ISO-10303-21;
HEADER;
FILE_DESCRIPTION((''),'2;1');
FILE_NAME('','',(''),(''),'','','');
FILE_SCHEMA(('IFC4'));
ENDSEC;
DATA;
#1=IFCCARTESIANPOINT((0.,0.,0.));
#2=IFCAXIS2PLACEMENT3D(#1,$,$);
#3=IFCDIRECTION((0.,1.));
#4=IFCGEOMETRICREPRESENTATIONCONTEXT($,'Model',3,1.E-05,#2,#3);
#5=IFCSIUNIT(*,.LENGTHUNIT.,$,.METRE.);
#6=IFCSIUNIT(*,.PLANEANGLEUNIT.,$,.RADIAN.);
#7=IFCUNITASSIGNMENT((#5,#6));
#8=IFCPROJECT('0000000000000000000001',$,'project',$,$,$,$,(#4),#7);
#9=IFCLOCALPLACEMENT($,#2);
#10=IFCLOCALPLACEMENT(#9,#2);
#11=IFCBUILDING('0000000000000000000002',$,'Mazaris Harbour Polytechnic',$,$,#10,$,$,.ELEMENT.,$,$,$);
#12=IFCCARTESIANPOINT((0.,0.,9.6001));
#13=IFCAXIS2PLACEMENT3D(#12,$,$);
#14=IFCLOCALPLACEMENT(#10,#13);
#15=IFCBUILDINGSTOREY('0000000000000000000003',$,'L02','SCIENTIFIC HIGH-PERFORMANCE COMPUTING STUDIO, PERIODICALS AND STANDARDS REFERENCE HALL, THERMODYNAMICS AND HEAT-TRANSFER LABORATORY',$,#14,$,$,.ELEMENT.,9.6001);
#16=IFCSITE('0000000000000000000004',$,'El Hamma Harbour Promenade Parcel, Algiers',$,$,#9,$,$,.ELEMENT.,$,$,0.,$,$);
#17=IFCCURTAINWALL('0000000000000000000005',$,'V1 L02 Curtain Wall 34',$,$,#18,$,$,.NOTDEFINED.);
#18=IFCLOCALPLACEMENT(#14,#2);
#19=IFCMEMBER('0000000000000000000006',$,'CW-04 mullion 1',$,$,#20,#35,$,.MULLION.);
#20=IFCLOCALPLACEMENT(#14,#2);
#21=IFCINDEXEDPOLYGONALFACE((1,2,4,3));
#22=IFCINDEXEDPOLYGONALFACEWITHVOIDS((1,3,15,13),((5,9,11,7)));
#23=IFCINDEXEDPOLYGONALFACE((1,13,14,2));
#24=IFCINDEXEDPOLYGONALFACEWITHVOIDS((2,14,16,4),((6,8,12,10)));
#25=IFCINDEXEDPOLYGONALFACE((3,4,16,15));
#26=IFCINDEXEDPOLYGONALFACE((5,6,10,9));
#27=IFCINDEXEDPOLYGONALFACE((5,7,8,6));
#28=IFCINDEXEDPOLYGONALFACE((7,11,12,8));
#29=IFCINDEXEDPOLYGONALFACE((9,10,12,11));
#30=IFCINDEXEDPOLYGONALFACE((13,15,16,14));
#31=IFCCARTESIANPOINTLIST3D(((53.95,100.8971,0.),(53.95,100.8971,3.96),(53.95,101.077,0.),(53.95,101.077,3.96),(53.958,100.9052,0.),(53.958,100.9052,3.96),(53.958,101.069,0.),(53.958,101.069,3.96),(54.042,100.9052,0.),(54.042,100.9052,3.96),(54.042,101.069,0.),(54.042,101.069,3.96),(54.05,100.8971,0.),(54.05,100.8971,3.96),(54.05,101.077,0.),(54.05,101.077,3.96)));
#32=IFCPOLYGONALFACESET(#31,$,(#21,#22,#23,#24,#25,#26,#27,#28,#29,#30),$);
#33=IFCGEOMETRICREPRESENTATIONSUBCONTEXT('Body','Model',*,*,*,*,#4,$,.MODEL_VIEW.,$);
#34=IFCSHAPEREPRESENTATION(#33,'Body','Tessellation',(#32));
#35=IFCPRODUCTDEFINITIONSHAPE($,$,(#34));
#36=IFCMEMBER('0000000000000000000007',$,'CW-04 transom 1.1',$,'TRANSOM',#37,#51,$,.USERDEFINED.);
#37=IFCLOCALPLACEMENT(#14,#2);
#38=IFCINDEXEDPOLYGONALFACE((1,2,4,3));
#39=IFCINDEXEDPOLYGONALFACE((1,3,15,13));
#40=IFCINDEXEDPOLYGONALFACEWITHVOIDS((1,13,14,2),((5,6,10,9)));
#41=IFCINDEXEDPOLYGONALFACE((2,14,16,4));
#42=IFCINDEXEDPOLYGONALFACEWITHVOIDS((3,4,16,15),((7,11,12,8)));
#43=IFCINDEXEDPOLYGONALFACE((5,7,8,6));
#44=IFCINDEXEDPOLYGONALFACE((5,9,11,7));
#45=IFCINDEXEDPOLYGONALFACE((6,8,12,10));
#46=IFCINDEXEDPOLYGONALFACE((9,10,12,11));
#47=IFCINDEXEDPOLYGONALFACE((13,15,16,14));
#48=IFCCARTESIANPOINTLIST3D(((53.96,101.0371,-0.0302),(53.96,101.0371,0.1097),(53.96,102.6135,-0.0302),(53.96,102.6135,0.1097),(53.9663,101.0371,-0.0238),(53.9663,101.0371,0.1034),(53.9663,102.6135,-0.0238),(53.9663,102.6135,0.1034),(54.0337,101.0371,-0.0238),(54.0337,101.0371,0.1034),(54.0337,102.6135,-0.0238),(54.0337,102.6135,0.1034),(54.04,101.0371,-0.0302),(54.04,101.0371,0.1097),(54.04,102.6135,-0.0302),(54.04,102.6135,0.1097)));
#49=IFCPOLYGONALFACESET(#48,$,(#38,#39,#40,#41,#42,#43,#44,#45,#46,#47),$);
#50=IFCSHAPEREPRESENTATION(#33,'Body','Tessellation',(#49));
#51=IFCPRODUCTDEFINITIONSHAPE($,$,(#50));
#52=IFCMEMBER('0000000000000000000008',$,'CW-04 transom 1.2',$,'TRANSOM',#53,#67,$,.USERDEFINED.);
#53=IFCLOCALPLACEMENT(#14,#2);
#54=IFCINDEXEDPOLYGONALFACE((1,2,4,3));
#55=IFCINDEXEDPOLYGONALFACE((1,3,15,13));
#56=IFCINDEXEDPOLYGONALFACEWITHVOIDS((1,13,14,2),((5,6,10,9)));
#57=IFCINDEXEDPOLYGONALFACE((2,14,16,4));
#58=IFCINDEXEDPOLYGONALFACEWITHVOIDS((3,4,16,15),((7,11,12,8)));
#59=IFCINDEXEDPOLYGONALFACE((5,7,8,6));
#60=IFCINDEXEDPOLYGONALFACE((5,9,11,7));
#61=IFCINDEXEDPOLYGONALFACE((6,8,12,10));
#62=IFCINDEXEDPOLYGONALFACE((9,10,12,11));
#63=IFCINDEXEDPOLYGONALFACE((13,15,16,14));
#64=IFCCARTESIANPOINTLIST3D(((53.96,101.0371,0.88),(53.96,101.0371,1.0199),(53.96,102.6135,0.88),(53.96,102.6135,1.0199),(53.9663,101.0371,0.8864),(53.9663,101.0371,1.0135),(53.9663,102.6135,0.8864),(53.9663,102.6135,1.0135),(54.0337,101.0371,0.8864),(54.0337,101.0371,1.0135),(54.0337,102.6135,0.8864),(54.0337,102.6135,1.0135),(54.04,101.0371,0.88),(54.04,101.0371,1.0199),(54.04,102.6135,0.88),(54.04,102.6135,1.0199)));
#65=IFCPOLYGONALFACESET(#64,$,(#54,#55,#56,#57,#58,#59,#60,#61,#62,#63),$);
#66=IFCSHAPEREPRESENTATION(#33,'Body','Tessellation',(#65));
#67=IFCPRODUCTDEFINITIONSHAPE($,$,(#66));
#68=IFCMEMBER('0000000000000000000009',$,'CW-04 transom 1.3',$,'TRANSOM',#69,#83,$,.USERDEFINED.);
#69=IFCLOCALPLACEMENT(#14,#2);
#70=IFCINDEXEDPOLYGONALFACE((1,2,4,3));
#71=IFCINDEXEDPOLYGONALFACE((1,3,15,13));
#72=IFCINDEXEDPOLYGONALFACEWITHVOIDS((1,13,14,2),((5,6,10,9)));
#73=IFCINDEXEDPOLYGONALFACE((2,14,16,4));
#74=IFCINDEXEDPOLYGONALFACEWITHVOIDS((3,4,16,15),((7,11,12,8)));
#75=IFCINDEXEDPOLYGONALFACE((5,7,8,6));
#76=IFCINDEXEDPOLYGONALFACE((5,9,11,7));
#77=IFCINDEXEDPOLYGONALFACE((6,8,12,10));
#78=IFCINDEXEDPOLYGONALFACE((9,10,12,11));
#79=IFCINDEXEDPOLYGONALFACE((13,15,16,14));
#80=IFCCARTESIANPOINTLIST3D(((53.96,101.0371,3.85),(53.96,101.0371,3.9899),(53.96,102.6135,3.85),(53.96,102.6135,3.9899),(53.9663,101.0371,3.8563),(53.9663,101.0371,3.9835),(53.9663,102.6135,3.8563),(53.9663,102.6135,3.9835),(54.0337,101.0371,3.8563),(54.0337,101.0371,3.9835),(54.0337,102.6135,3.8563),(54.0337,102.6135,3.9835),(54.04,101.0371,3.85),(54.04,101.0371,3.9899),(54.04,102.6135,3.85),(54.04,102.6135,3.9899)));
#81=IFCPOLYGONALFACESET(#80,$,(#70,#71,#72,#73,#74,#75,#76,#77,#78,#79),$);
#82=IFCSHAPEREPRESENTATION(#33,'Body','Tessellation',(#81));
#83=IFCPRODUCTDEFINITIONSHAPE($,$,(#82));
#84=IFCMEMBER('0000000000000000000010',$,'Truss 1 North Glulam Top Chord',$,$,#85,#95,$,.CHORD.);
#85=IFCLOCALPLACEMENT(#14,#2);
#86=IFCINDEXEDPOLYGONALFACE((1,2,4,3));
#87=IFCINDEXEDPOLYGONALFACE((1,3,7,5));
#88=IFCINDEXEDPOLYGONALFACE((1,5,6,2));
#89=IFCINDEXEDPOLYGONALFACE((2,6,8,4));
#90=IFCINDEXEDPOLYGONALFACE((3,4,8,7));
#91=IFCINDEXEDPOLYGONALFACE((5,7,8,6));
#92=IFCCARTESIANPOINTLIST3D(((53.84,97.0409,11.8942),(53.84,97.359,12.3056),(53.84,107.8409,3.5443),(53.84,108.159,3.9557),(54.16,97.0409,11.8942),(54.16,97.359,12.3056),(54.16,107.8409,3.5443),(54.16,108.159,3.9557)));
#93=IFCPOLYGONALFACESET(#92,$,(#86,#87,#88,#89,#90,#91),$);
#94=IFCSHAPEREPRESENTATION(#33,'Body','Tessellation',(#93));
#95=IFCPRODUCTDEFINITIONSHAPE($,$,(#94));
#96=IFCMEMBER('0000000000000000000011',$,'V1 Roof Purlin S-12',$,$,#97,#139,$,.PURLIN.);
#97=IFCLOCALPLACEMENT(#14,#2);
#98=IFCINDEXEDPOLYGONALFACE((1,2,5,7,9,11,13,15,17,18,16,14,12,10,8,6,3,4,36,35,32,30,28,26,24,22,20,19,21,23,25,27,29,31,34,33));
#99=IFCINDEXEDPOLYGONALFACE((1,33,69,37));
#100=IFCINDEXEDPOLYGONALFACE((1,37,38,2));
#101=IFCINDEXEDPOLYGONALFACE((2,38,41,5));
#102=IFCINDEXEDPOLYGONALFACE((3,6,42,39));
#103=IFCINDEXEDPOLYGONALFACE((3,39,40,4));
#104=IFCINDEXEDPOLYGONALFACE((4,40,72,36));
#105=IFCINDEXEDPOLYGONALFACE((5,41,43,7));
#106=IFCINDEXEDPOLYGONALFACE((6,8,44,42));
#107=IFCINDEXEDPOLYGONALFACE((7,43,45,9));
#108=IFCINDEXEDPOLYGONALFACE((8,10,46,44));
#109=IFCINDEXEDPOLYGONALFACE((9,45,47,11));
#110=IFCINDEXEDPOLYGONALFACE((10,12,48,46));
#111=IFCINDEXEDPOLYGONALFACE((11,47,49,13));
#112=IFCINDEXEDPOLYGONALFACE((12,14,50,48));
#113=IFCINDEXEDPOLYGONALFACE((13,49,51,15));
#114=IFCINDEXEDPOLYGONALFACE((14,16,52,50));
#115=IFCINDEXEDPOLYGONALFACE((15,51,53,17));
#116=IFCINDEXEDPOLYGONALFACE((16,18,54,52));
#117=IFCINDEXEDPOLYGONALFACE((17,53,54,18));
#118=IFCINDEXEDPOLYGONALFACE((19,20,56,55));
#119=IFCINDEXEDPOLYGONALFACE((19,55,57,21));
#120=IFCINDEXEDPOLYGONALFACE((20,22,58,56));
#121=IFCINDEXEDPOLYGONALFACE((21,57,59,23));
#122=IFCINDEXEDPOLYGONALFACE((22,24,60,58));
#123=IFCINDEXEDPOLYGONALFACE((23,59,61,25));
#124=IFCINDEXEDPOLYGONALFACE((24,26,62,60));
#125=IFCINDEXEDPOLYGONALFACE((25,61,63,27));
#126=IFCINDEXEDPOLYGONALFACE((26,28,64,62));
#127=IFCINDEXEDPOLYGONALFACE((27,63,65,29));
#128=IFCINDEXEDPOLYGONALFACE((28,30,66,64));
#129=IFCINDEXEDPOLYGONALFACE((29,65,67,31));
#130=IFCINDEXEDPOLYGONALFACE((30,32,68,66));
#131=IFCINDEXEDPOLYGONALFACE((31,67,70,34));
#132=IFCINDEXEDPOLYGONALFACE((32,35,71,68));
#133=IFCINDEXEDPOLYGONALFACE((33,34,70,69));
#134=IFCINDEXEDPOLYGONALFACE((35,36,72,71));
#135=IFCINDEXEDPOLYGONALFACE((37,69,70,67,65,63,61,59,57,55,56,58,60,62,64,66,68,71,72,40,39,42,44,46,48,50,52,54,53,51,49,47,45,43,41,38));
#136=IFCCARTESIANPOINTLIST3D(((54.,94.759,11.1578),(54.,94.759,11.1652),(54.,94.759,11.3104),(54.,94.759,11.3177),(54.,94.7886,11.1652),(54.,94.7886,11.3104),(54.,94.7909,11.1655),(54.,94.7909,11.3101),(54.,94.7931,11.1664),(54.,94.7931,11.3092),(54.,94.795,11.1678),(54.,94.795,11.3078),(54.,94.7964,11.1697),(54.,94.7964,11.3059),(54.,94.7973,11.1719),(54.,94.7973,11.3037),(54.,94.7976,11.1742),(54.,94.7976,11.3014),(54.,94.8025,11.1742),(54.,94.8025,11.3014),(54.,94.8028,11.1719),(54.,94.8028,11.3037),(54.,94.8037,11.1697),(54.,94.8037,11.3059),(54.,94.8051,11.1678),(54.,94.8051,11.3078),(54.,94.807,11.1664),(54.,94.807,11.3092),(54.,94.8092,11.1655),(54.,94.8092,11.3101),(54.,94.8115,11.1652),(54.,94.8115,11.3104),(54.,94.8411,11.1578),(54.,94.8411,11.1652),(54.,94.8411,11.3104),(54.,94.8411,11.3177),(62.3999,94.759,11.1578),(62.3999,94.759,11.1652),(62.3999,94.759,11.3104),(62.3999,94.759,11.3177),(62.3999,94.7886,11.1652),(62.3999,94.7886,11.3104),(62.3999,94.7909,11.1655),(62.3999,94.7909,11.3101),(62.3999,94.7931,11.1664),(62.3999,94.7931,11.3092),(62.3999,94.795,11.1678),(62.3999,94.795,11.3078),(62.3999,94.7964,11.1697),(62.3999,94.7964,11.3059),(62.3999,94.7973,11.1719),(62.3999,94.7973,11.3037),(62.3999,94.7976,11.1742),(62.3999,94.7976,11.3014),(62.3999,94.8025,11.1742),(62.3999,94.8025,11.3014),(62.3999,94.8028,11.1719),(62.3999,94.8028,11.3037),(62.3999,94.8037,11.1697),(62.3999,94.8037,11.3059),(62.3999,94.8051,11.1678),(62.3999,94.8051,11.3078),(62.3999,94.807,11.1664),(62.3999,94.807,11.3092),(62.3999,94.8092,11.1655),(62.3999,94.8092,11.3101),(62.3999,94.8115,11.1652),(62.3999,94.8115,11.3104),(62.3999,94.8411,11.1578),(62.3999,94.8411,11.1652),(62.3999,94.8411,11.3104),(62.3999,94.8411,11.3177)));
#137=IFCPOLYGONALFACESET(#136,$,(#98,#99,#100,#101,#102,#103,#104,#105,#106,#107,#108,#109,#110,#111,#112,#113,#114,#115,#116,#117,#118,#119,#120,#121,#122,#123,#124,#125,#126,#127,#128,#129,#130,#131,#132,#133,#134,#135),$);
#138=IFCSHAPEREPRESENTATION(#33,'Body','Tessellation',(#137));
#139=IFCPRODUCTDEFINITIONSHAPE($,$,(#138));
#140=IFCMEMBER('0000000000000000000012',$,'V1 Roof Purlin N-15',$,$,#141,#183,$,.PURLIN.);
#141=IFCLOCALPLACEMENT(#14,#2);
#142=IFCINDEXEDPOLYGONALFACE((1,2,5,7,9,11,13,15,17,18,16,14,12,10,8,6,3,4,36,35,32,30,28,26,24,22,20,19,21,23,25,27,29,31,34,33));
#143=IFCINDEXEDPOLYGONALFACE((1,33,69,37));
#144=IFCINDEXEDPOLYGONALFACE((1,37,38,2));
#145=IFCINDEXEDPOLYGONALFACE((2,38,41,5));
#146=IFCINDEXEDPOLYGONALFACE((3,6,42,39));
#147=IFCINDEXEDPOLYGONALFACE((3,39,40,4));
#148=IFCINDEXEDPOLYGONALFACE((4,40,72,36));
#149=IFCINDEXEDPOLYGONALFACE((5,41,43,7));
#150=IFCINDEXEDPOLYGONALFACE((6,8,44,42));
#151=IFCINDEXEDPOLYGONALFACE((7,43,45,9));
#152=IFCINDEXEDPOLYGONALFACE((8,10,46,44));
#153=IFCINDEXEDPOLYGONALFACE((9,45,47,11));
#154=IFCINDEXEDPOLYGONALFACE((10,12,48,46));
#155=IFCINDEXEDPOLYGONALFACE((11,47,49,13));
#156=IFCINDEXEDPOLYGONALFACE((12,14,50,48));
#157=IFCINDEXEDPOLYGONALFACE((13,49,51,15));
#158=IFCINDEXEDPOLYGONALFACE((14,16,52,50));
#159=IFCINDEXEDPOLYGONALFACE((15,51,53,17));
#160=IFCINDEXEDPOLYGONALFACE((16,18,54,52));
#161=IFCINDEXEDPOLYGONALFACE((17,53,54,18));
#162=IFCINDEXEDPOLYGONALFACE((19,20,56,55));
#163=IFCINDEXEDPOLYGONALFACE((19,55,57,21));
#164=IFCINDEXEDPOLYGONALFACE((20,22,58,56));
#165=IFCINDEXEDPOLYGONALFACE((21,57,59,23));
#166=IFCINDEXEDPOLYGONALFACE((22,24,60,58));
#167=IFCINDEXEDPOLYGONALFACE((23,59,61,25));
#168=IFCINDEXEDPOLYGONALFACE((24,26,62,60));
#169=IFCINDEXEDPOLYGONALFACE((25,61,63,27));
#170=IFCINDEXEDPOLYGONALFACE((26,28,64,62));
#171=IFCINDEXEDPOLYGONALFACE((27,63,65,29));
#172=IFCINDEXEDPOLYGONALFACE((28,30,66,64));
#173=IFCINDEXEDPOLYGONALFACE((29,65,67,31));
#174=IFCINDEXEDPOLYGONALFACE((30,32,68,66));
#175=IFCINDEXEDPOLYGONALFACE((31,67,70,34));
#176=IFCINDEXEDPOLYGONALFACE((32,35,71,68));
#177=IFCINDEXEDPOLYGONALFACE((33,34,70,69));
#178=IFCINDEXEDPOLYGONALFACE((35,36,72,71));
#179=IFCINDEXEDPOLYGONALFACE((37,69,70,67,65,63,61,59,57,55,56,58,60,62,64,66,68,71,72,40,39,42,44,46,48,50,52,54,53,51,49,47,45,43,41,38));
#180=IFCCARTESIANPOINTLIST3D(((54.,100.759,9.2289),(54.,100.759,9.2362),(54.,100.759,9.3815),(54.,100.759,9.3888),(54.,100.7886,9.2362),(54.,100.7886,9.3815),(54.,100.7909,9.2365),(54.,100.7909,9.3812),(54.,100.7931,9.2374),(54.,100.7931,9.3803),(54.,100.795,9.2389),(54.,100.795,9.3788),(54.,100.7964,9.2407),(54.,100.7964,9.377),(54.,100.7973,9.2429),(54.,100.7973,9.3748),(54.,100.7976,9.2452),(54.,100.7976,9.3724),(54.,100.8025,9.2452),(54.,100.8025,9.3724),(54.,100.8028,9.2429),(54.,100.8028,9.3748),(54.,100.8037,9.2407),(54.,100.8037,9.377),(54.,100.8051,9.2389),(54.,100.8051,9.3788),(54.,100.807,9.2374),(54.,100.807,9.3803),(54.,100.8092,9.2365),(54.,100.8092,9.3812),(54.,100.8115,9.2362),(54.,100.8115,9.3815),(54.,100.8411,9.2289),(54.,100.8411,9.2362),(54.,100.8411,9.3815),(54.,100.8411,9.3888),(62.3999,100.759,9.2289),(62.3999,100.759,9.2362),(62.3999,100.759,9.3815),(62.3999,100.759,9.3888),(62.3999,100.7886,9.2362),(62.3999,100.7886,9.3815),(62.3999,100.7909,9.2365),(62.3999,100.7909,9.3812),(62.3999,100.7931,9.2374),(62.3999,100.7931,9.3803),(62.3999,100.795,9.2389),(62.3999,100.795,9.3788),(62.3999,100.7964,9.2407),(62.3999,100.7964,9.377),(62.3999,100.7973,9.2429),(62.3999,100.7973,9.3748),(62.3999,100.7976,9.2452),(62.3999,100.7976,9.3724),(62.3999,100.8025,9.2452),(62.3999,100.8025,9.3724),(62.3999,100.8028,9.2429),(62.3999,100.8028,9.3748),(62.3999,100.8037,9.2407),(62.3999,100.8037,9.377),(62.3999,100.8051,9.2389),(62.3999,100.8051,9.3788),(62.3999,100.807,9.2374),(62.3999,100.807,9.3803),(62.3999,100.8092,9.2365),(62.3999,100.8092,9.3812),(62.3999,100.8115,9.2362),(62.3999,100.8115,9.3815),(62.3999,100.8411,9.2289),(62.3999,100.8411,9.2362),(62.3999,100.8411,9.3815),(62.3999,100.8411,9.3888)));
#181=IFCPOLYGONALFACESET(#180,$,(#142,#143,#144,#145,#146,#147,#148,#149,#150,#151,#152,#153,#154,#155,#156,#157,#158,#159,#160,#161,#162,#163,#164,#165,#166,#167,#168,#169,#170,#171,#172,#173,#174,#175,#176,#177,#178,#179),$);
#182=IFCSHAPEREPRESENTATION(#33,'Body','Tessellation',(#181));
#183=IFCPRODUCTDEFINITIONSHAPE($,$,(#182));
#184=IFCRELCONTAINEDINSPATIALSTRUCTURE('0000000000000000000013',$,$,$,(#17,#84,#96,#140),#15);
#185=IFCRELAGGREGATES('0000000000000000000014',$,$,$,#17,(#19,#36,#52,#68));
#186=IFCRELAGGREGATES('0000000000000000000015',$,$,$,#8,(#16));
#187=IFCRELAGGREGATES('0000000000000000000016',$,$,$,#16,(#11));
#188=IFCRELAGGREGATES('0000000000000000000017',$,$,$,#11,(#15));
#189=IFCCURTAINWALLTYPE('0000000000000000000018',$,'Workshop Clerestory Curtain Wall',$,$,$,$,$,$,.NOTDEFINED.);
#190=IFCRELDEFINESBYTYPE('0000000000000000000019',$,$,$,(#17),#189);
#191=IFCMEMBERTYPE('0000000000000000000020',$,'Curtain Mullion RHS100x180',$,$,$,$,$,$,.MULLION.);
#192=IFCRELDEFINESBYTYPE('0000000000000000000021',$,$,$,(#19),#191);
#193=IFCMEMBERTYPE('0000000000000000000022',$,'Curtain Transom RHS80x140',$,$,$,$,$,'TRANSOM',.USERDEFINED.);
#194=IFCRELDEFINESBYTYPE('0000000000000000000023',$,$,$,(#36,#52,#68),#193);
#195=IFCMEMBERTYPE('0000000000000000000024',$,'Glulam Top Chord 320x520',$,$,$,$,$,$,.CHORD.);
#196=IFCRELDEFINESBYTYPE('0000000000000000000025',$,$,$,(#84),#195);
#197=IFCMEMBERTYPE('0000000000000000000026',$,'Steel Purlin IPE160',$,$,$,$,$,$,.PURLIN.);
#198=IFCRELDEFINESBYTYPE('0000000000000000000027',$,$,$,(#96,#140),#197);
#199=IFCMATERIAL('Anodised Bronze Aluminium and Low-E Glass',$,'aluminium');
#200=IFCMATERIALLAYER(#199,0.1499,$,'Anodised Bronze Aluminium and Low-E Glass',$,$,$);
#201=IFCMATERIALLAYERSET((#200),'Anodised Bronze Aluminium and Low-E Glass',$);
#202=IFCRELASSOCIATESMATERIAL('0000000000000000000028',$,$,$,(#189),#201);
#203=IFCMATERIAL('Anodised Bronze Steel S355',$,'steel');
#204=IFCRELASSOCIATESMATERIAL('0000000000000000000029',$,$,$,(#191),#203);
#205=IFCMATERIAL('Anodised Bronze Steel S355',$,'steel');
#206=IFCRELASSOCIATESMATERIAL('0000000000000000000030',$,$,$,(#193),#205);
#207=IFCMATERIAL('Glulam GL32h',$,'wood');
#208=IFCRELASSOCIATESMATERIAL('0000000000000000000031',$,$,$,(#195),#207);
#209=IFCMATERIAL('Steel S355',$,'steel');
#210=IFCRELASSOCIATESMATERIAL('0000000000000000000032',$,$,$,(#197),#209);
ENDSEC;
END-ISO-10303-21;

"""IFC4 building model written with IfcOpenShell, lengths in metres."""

from ifc_helpers import new_model, si_unit, direction, frame, origin, origin_2d, place, context, subcontext, project, spatial, rectangle, hollow_rectangle, i_section, extrude, material, layer, layer_set, material_profile, profile_set, type_object, element, aggregate, save


model = new_model("IFC4")

# Units and contexts
model_context = context("Model", 3, precision=1e-05, world=origin(), true_north=direction((0.0, 1.0)))
body_context = subcontext(model_context, "Body", "Model", "MODEL_VIEW")
ifc_project = project(units=[si_unit("LENGTHUNIT", "METRE"), si_unit("PLANEANGLEUNIT", "RADIAN")], contexts=[model_context])

# Site, building, storey
site_placement = place(None, origin())
site = spatial("IfcSite", under=ifc_project, at=site_placement, Name="El Hamma Harbour Promenade Parcel, Algiers", CompositionType="ELEMENT", RefElevation=0.0)
building_placement = place(site_placement, origin())
building = spatial("IfcBuilding", under=site, at=building_placement, Name="Mazaris Harbour Polytechnic", CompositionType="ELEMENT")
storey_placement = place(building_placement, frame((0.0, 0.0, 9.6001)))
storey = spatial("IfcBuildingStorey", under=building, at=storey_placement, Name="L02", Description="SCIENTIFIC HIGH-PERFORMANCE COMPUTING STUDIO, PERIODICALS AND STANDARDS REFERENCE HALL, THERMODYNAMICS AND HEAT-TRANSFER LABORATORY", CompositionType="ELEMENT", Elevation=9.6001)

# Curtain wall, members
ifc_material_1 = material(Name="Anodised Bronze Aluminium and Low-E Glass", Category="aluminium")
ifc_layer_1 = layer(ifc_material_1, 0.1499, Name="Anodised Bronze Aluminium and Low-E Glass")
ifc_layer_set_1 = layer_set([ifc_layer_1], Name="Anodised Bronze Aluminium and Low-E Glass")
curtain_wall_type = type_object("IfcCurtainWallType", Name="Workshop Clerestory Curtain Wall", PredefinedType="NOTDEFINED", material=ifc_layer_set_1)
curtain_wall_placement = place(storey_placement, origin())
curtain_wall = element("IfcCurtainWall", 1, at=curtain_wall_placement, inside=storey, type_object=curtain_wall_type, Name="V1 L02 Curtain Wall 34", PredefinedType="NOTDEFINED")
ifc_material_2 = material(Name="Anodised Bronze Steel S355", Category="steel")
ifc_material_profile_1 = material_profile(ifc_material_2, hollow_rectangle(XDim=0.1001, YDim=0.1799, WallThickness=0.0081, at=origin_2d()), Name="RHS 100x180x8.0")
ifc_profile_set_1 = profile_set([ifc_material_profile_1], Name="Anodised Bronze Steel S355")
member_type_1 = type_object("IfcMemberType", Name="Curtain Mullion RHS100x180", PredefinedType="MULLION", material=ifc_profile_set_1)
member_1_placement = place(storey_placement, frame((54.0, 100.9871, 0.0), z_axis=(0.0, 0.0, 1.0), x_axis=(-1.0, 0.0, 0.0)))
member_1 = element("IfcMember", 2, at=member_1_placement, type_object=member_type_1, Name="CW-04 mullion 1", PredefinedType="MULLION", context=body_context, shape_type="SweptSolid", body=[
    extrude(hollow_rectangle(XDim=0.1001, YDim=0.1799, WallThickness=0.0081, at=origin_2d()), origin(), (0.0, 0.0, 1.0), 3.96),
])
ifc_material_3 = material(Name="Anodised Bronze Steel S355", Category="steel")
ifc_material_profile_2 = material_profile(ifc_material_3, hollow_rectangle(XDim=0.0801, YDim=0.1399, WallThickness=0.0063, at=origin_2d()), Name="RHS 80x140x6.3")
ifc_profile_set_2 = profile_set([ifc_material_profile_2], Name="Anodised Bronze Steel S355")
member_type_2 = type_object("IfcMemberType", Name="Curtain Transom RHS80x140", ElementType="TRANSOM", PredefinedType="USERDEFINED", material=ifc_profile_set_2)
member_2_placement = place(storey_placement, frame((54.0, 101.0371, 0.0398), z_axis=(0.0, 1.0, 0.0), x_axis=(-1.0, 0.0, 0.0)))
member_2 = element("IfcMember", 3, at=member_2_placement, type_object=member_type_2, Name="CW-04 transom 1.1", ObjectType="TRANSOM", PredefinedType="USERDEFINED", context=body_context, shape_type="SweptSolid", body=[
    extrude(hollow_rectangle(XDim=0.0801, YDim=0.1399, WallThickness=0.0063, at=origin_2d()), origin(), (0.0, 0.0, 1.0), 1.5764),
])
member_3_placement = place(storey_placement, frame((54.0, 101.0371, 0.95), z_axis=(0.0, 1.0, 0.0), x_axis=(-1.0, 0.0, 0.0)))
member_3 = element("IfcMember", 4, at=member_3_placement, type_object=member_type_2, Name="CW-04 transom 1.2", ObjectType="TRANSOM", PredefinedType="USERDEFINED", context=body_context, shape_type="SweptSolid", body=[
    extrude(hollow_rectangle(XDim=0.0801, YDim=0.1399, WallThickness=0.0063, at=origin_2d()), origin(), (0.0, 0.0, 1.0), 1.5764),
])
member_4_placement = place(storey_placement, frame((54.0, 101.0371, 3.9199), z_axis=(0.0, 1.0, 0.0), x_axis=(-1.0, 0.0, 0.0)))
member_4 = element("IfcMember", 5, at=member_4_placement, type_object=member_type_2, Name="CW-04 transom 1.3", ObjectType="TRANSOM", PredefinedType="USERDEFINED", context=body_context, shape_type="SweptSolid", body=[
    extrude(hollow_rectangle(XDim=0.0801, YDim=0.1399, WallThickness=0.0063, at=origin_2d()), origin(), (0.0, 0.0, 1.0), 1.5764),
])

# Members
ifc_material_4 = material(Name="Glulam GL32h", Category="wood")
ifc_material_profile_3 = material_profile(ifc_material_4, rectangle(XDim=0.3201, YDim=0.52, at=origin_2d()), Name="RECT320x520")
ifc_profile_set_3 = profile_set([ifc_material_profile_3], Name="Glulam GL32h")
member_type_3 = type_object("IfcMemberType", Name="Glulam Top Chord 320x520", PredefinedType="CHORD", material=ifc_profile_set_3)
member_5_placement = place(storey_placement, frame((54.0, 97.2, 12.0999), z_axis=(0.0, 0.79113, -0.611648), x_axis=(-1.0, 0.0, 0.0)))
element("IfcMember", 6, at=member_5_placement, inside=storey, type_object=member_type_3, Name="Truss 1 North Glulam Top Chord", PredefinedType="CHORD", context=body_context, shape_type="SweptSolid", body=[
    extrude(rectangle(XDim=0.3201, YDim=0.52, at=origin_2d()), origin(), (0.0, 0.0, 1.0), 13.6514),
])
ifc_material_5 = material(Name="Steel S355", Category="steel")
ifc_material_profile_4 = material_profile(ifc_material_5, i_section(OverallWidth=0.082, OverallDepth=0.1599, WebThickness=0.0049, FlangeThickness=0.0073, FilletRadius=0.009, at=origin_2d()), Name="IPE 160")
ifc_profile_set_4 = profile_set([ifc_material_profile_4], Name="Steel S355")
member_type_4 = type_object("IfcMemberType", Name="Steel Purlin IPE160", PredefinedType="PURLIN", material=ifc_profile_set_4)
for number, where, z_axis, x_axis, name in (
    (7, (54.0, 94.8, 11.2378), (1.0, 0.0, 0.0), (0.0, 1.0, 0.0), "V1 Roof Purlin S-12"),
    (8, (54.0, 100.8, 9.3088), (1.0, 0.0, 0.0), (0.0, 1.0, 0.0), "V1 Roof Purlin N-15"),
):
    element("IfcMember", number, at=place(storey_placement, frame(where, z_axis=z_axis, x_axis=x_axis)), inside=storey, type_object=member_type_4, Name=name, PredefinedType="PURLIN", context=body_context, shape_type="SweptSolid", body=[
        extrude(i_section(OverallWidth=0.082, OverallDepth=0.1599, WebThickness=0.0049, FlangeThickness=0.0073, FilletRadius=0.009, at=origin_2d()), origin(), (0.0, 0.0, 1.0), 8.3999),
    ])

aggregate(curtain_wall, [member_1, member_2, member_3, member_4])

save(model, "model.ifc")
